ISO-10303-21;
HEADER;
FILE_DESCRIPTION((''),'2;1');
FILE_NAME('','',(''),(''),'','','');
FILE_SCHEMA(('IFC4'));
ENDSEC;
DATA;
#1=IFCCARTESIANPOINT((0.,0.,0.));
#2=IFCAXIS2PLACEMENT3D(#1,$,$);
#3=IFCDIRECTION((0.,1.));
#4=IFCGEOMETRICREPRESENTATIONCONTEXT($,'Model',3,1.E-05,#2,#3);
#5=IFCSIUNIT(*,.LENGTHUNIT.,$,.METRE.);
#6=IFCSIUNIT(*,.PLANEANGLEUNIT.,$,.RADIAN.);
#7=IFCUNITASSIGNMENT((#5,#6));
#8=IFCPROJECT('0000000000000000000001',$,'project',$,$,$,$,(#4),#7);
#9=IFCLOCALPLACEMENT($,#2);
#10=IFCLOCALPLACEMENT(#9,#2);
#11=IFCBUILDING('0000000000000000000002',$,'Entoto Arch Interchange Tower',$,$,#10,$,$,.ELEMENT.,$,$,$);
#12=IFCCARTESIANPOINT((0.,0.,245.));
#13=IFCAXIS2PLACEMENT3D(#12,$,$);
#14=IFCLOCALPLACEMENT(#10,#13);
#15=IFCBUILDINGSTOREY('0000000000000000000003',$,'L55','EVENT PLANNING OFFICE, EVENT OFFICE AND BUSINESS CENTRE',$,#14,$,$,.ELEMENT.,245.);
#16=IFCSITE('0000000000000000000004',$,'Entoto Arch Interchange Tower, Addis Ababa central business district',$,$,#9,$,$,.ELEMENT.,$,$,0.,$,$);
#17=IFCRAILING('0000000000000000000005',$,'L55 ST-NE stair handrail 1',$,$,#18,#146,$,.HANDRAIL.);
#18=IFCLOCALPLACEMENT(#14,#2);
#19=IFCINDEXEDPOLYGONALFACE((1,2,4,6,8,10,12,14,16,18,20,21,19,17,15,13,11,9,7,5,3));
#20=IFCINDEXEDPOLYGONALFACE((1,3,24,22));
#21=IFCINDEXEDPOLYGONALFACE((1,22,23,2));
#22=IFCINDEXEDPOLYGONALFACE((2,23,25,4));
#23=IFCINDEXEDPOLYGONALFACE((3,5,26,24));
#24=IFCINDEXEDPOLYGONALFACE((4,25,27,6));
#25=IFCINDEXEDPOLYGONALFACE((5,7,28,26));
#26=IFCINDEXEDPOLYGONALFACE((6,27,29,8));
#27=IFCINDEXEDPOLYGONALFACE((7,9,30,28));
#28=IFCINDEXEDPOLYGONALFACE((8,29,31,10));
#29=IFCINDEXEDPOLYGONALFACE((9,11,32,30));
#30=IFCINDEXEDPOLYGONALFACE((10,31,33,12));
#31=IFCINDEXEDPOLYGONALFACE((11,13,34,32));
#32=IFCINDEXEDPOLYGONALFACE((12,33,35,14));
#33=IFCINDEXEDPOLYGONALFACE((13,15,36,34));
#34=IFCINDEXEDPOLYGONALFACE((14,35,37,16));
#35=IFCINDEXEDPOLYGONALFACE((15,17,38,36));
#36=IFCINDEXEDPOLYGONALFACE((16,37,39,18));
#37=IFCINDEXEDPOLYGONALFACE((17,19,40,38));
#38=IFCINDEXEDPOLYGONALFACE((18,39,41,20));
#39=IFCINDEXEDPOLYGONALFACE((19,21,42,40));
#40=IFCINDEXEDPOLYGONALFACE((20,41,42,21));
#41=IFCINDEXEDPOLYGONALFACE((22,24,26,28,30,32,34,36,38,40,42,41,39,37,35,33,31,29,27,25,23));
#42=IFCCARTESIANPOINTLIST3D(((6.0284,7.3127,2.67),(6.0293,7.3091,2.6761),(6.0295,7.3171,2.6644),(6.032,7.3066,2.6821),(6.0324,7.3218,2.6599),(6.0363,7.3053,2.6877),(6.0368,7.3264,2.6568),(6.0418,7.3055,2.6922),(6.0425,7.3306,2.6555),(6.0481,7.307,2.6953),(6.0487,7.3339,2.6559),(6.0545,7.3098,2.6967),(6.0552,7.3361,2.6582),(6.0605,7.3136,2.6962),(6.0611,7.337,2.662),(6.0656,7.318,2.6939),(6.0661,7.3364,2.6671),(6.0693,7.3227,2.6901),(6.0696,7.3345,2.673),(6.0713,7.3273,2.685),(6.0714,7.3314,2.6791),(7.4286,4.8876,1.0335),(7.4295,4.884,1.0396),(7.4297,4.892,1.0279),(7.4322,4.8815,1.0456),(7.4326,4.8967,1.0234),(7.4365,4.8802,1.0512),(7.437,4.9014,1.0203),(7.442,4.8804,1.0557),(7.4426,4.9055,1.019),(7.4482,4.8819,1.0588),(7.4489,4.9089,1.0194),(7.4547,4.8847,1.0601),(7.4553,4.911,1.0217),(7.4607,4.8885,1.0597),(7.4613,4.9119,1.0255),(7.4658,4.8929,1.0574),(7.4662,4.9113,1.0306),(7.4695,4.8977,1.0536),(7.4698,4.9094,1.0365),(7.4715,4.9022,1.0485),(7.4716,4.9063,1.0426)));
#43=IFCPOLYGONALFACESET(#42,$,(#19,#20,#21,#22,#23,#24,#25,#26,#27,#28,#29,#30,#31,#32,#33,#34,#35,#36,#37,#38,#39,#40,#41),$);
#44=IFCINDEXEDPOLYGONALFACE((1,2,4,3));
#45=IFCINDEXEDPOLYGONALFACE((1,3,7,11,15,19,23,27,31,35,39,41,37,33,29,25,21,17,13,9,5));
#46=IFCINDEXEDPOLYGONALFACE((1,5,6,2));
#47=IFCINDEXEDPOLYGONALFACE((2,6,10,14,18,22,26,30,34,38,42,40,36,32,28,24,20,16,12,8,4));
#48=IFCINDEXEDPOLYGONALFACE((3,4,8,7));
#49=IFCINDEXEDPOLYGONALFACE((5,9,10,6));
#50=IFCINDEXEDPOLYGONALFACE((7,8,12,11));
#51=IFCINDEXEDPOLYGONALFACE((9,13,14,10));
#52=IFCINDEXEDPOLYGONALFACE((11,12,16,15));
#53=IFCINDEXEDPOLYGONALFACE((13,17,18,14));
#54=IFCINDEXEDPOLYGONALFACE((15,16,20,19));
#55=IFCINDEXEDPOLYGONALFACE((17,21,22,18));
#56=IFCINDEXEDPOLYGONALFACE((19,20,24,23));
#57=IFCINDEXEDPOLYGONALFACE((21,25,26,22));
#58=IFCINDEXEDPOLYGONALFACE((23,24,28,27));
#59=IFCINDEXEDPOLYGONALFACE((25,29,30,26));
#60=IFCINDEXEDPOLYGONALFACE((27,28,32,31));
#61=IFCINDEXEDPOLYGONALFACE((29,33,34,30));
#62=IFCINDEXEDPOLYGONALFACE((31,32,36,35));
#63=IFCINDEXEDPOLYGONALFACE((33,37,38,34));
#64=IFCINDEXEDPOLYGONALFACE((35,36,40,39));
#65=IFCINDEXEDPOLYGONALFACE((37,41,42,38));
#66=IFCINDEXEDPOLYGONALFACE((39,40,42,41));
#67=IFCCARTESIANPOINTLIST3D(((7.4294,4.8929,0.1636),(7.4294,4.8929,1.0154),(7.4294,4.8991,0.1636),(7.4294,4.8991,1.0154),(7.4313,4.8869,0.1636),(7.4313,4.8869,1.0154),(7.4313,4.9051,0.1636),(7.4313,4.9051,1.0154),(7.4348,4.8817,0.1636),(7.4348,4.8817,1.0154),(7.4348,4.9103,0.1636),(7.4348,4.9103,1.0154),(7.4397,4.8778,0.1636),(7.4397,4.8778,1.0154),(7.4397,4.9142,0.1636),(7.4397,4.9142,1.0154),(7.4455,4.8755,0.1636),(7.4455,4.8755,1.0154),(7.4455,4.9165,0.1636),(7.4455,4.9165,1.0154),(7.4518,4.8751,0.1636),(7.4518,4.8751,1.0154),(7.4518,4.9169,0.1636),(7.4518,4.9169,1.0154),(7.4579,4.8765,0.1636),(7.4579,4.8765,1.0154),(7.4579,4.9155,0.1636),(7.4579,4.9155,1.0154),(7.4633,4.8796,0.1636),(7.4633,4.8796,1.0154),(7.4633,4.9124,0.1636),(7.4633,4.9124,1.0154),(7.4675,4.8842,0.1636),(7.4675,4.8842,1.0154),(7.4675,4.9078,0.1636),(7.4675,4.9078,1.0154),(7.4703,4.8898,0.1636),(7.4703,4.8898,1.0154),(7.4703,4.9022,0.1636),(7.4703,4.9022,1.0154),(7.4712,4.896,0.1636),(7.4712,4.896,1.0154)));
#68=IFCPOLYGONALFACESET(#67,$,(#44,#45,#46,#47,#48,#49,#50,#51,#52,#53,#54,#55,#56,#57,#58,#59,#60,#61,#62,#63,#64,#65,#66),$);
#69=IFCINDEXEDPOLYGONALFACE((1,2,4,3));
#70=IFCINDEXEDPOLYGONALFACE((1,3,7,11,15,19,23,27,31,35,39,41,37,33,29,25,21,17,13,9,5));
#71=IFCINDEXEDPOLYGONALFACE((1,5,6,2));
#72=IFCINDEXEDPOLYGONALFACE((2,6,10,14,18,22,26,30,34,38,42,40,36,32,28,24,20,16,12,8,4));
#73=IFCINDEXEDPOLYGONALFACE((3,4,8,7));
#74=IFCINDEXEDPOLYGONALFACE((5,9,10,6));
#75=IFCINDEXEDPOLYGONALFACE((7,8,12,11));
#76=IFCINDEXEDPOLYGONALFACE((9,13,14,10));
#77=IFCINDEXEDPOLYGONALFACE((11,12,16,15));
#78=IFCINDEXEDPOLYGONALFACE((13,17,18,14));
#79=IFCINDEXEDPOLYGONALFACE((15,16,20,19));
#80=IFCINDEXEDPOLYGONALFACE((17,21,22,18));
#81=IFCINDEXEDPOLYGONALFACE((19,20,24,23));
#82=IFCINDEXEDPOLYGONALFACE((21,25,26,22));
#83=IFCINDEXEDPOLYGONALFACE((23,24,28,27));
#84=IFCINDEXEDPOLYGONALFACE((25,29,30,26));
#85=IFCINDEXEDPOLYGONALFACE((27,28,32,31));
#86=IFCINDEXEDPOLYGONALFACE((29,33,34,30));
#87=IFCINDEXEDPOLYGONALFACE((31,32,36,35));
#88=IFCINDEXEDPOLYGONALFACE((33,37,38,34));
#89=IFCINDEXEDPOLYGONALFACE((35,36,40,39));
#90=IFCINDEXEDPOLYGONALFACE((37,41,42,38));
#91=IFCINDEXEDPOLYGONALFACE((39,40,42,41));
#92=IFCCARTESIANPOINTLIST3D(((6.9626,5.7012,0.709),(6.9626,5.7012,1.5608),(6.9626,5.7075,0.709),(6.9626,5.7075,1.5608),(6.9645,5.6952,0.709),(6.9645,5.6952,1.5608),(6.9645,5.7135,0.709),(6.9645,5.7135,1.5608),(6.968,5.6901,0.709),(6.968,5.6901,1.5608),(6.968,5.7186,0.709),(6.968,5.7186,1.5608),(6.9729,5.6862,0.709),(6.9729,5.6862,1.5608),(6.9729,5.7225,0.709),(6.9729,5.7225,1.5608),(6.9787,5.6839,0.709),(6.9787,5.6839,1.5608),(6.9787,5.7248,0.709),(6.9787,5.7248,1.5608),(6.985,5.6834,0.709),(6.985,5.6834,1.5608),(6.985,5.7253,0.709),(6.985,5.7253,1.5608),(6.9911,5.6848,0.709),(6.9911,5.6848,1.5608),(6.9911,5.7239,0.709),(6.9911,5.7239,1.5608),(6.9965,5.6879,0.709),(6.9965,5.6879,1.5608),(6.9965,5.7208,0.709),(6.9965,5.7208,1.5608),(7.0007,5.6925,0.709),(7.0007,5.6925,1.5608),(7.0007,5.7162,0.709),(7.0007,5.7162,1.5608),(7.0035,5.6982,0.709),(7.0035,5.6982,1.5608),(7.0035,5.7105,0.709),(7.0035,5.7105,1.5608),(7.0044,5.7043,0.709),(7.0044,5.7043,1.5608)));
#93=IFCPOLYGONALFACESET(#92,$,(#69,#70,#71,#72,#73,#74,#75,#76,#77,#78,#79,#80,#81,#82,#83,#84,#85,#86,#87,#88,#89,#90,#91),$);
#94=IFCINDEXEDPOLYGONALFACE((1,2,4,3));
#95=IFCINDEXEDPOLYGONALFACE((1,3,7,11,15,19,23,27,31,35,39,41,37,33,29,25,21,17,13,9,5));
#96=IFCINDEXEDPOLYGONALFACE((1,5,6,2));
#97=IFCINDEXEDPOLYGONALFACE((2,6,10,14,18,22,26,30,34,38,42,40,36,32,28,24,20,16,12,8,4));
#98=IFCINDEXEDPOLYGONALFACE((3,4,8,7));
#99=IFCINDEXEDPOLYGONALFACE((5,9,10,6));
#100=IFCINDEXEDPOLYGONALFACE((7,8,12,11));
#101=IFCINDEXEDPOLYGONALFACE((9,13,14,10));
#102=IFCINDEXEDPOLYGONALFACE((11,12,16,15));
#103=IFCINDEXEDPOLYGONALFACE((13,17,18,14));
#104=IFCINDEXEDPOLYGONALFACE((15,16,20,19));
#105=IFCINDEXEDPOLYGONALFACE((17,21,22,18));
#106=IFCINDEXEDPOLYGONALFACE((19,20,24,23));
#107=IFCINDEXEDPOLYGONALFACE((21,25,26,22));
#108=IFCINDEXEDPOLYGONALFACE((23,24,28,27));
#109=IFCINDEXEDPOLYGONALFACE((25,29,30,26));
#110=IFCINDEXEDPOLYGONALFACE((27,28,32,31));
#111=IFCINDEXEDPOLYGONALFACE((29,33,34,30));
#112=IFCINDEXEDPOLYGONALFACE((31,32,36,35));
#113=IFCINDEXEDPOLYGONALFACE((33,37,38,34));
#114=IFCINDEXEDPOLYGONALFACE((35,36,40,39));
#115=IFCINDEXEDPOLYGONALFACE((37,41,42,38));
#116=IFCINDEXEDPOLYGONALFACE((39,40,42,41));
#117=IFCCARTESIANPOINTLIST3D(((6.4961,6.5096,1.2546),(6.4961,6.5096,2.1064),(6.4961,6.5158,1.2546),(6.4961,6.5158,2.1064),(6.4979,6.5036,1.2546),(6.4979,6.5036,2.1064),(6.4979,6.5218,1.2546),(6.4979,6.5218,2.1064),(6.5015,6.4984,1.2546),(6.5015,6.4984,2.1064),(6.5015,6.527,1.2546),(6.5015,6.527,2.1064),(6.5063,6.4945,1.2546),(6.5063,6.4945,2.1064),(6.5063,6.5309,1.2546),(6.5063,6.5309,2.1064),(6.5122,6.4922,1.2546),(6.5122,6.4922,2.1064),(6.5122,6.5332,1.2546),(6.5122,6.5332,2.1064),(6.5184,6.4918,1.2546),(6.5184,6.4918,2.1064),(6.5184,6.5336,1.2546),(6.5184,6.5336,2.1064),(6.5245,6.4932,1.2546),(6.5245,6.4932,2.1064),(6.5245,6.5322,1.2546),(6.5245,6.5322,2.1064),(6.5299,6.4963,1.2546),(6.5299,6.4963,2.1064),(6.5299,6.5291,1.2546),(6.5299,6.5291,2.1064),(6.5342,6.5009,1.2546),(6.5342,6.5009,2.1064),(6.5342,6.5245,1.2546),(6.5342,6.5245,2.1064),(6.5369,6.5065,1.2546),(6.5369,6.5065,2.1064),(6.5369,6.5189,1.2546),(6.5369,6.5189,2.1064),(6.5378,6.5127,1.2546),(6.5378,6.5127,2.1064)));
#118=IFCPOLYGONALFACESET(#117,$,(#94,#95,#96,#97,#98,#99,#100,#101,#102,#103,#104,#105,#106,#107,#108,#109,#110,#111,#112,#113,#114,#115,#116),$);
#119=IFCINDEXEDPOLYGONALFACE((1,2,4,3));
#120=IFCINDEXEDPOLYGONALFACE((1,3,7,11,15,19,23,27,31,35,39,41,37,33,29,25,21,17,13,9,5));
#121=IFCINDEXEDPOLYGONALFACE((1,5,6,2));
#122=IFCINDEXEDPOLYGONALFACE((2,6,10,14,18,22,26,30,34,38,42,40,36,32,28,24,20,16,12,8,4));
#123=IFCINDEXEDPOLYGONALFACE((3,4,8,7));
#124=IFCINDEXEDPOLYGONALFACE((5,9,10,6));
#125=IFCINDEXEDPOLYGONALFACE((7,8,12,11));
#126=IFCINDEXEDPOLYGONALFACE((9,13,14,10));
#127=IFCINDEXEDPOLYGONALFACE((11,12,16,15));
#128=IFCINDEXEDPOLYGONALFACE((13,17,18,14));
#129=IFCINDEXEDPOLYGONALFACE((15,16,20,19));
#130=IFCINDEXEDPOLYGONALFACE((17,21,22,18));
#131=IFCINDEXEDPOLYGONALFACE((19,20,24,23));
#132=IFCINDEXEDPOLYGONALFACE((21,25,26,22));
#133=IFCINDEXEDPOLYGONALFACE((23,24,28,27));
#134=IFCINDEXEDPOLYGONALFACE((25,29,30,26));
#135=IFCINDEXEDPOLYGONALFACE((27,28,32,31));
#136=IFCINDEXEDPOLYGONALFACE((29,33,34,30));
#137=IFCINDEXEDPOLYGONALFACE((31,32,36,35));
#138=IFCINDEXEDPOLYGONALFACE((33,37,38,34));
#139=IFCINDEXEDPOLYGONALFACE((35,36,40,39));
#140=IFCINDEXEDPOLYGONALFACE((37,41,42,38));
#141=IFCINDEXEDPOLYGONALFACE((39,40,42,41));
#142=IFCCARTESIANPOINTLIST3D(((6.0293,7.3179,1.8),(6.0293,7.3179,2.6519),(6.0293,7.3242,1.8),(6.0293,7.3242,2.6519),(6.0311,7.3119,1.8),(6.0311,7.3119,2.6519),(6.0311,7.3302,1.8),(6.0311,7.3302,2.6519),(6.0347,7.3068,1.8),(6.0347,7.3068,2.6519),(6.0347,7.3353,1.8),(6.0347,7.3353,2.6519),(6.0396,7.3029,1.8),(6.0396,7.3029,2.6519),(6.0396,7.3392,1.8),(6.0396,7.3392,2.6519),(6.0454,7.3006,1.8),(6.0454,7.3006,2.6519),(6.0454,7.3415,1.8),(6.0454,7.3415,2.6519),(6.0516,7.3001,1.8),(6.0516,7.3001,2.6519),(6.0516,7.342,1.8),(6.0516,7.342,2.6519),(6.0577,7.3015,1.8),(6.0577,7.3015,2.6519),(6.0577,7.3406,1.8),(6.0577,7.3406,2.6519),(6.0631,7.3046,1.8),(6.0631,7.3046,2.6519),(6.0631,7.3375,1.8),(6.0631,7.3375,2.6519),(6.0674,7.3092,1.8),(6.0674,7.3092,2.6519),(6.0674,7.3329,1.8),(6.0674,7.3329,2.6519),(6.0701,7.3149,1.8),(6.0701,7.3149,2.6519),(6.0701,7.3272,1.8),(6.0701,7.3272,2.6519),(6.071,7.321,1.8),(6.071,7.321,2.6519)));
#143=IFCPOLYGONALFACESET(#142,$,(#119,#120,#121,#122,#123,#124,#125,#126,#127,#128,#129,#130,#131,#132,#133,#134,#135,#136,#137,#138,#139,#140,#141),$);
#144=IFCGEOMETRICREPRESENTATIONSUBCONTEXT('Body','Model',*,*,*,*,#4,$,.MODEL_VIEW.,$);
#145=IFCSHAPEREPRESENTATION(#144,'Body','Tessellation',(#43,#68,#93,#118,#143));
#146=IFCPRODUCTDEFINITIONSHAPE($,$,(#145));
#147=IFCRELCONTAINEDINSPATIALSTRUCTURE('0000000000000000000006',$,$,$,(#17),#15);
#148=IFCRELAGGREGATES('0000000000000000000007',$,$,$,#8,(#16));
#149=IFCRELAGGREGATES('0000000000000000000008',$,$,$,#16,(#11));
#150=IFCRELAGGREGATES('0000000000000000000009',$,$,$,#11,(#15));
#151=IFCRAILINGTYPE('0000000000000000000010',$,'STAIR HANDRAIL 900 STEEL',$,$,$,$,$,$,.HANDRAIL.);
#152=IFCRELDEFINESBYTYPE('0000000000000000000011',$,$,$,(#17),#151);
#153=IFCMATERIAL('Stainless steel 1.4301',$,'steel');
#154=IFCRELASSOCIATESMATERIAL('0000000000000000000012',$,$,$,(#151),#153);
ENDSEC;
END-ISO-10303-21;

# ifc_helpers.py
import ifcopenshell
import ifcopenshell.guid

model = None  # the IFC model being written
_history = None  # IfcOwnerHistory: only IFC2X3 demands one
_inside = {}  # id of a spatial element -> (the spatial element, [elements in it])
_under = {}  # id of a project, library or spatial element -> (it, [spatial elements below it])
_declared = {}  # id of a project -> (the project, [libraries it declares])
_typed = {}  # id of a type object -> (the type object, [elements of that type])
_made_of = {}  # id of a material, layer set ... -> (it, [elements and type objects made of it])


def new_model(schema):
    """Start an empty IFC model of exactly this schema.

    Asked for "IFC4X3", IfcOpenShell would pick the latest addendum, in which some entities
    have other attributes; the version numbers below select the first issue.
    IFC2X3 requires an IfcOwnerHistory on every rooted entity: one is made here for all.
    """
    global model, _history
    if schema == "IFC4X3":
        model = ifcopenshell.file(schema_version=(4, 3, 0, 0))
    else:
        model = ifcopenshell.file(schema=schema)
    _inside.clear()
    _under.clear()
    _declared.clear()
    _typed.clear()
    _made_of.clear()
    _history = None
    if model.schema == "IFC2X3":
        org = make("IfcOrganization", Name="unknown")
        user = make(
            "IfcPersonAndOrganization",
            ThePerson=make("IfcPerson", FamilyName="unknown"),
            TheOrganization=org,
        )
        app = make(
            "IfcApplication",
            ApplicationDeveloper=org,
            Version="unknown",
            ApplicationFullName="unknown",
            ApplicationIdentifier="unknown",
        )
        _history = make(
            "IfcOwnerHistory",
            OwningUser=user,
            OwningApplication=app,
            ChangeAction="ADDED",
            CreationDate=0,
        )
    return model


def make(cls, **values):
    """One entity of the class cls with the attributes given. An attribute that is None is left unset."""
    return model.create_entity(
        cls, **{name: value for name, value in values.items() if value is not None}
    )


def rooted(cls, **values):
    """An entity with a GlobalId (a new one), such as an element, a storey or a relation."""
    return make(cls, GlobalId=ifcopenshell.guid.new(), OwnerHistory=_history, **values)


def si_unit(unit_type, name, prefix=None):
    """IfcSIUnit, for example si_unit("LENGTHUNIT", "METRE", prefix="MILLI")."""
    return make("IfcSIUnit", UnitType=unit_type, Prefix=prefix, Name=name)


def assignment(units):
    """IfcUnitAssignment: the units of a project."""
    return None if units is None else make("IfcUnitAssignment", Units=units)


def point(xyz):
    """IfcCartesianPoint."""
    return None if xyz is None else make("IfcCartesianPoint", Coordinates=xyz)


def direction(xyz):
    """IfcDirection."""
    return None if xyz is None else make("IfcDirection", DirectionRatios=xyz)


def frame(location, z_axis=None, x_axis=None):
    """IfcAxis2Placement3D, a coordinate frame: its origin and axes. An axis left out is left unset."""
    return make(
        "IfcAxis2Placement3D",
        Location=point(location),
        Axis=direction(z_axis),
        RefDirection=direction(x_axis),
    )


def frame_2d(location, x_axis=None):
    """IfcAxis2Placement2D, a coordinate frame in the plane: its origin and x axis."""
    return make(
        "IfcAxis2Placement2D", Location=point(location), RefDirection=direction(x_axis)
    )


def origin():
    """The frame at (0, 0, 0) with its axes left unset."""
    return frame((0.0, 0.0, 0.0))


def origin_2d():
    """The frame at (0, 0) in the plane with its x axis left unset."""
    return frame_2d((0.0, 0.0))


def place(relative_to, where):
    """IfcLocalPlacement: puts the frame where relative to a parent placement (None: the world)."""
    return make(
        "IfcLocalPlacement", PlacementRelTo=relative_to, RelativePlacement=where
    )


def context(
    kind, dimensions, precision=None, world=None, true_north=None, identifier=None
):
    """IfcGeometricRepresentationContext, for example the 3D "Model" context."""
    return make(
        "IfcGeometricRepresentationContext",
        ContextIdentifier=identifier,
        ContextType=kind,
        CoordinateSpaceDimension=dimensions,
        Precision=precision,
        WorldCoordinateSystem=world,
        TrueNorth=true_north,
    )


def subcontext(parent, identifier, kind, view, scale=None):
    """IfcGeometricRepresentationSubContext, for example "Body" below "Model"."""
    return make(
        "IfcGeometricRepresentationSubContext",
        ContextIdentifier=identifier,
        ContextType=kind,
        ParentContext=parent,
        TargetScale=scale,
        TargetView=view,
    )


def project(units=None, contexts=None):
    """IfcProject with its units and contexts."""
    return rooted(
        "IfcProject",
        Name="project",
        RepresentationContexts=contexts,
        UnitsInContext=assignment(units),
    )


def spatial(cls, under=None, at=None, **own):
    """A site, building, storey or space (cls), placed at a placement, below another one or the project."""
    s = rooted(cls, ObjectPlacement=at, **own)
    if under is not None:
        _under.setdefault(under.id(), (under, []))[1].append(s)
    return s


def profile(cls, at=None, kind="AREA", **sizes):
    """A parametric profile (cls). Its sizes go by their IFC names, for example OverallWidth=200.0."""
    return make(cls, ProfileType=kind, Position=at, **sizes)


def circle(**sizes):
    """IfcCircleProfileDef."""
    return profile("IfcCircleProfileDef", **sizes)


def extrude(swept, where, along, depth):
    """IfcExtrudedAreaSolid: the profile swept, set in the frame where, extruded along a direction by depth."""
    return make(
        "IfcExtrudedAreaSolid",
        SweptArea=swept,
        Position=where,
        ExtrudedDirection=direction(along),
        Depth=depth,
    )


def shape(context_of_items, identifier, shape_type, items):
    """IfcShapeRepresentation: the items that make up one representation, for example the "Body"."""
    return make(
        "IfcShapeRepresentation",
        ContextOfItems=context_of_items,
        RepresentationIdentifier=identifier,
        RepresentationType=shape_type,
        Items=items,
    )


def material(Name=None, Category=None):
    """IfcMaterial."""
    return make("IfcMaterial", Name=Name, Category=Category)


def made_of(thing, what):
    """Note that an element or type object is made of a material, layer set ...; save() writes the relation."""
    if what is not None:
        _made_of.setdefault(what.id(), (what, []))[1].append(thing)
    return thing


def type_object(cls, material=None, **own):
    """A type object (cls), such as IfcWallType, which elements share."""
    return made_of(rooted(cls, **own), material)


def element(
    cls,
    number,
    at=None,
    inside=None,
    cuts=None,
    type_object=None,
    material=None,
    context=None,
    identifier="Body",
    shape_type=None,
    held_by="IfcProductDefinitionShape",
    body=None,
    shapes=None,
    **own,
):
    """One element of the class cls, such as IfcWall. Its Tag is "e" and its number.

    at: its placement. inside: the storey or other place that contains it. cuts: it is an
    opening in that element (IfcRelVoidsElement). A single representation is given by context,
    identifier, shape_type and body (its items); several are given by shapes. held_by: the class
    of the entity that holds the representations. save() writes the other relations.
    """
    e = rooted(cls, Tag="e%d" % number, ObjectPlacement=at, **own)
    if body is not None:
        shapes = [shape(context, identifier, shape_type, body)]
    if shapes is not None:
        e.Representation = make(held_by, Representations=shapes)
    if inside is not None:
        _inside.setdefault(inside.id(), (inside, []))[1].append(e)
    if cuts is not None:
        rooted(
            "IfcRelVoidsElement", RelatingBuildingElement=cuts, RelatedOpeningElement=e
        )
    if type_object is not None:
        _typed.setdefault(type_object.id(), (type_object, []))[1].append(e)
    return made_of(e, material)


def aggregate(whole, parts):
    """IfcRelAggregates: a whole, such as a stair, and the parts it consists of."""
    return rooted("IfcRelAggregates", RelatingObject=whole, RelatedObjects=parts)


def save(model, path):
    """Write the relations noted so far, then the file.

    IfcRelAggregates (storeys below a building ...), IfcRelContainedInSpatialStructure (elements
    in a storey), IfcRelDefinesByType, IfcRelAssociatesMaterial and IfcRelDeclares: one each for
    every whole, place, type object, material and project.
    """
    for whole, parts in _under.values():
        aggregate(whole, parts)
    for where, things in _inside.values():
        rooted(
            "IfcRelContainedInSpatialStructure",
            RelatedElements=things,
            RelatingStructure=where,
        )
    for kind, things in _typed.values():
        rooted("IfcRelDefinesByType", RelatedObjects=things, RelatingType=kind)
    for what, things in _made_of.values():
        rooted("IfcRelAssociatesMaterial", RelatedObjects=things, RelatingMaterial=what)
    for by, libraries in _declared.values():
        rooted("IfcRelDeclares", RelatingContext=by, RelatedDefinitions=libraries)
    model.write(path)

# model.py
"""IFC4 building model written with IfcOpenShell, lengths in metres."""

from ifc_helpers import new_model, si_unit, direction, frame, origin, origin_2d, place, context, subcontext, project, spatial, circle, extrude, material, type_object, element, save


model = new_model("IFC4")

# Units and contexts
model_context = context("Model", 3, precision=1e-05, world=origin(), true_north=direction((0.0, 1.0)))
body_context = subcontext(model_context, "Body", "Model", "MODEL_VIEW")
ifc_project = project(units=[si_unit("LENGTHUNIT", "METRE"), si_unit("PLANEANGLEUNIT", "RADIAN")], contexts=[model_context])

# Site, building, storey
site_placement = place(None, origin())
site = spatial("IfcSite", under=ifc_project, at=site_placement, Name="Entoto Arch Interchange Tower, Addis Ababa central business district", CompositionType="ELEMENT", RefElevation=0.0)
building_placement = place(site_placement, origin())
building = spatial("IfcBuilding", under=site, at=building_placement, Name="Entoto Arch Interchange Tower", CompositionType="ELEMENT")
storey_placement = place(building_placement, frame((0.0, 0.0, 245.0)))
storey = spatial("IfcBuildingStorey", under=building, at=storey_placement, Name="L55", Description="EVENT PLANNING OFFICE, EVENT OFFICE AND BUSINESS CENTRE", CompositionType="ELEMENT", Elevation=245.0)

# Railing
ifc_material_1 = material(Name="Stainless steel 1.4301", Category="steel")
railing_type_1 = type_object("IfcRailingType", Name="STAIR HANDRAIL 900 STEEL", PredefinedType="HANDRAIL", material=ifc_material_1)
railing_1_placement = place(storey_placement, frame((7.4502, 4.896, 0.1636)))
element("IfcRailing", 1, at=railing_1_placement, inside=storey, type_object=railing_type_1, Name="L55 ST-NE stair handrail 1", PredefinedType="HANDRAIL", context=body_context, shape_type="SweptSolid", body=[
    extrude(circle(Radius=0.0239, at=origin_2d()), frame((0.0, 0.0, 0.876), z_axis=(-0.431698, 0.747699, 0.504563), x_axis=(-0.866019, -0.500012, 0.0)), (0.0, 0.0, 1.0), 3.2434),
    extrude(circle(Radius=0.021, at=origin_2d()), origin(), (0.0, 0.0, 1.0), 0.8518),
    extrude(circle(Radius=0.021, at=origin_2d()), frame((-0.4668, 0.8083, 0.5454)), (0.0, 0.0, 1.0), 0.8518),
    extrude(circle(Radius=0.021, at=origin_2d()), frame((-0.9333, 1.6167, 1.0911)), (0.0, 0.0, 1.0), 0.8518),
    extrude(circle(Radius=0.021, at=origin_2d()), frame((-1.4001, 2.425, 1.6365)), (0.0, 0.0, 1.0), 0.8518),
])

save(model, "model.ifc")
